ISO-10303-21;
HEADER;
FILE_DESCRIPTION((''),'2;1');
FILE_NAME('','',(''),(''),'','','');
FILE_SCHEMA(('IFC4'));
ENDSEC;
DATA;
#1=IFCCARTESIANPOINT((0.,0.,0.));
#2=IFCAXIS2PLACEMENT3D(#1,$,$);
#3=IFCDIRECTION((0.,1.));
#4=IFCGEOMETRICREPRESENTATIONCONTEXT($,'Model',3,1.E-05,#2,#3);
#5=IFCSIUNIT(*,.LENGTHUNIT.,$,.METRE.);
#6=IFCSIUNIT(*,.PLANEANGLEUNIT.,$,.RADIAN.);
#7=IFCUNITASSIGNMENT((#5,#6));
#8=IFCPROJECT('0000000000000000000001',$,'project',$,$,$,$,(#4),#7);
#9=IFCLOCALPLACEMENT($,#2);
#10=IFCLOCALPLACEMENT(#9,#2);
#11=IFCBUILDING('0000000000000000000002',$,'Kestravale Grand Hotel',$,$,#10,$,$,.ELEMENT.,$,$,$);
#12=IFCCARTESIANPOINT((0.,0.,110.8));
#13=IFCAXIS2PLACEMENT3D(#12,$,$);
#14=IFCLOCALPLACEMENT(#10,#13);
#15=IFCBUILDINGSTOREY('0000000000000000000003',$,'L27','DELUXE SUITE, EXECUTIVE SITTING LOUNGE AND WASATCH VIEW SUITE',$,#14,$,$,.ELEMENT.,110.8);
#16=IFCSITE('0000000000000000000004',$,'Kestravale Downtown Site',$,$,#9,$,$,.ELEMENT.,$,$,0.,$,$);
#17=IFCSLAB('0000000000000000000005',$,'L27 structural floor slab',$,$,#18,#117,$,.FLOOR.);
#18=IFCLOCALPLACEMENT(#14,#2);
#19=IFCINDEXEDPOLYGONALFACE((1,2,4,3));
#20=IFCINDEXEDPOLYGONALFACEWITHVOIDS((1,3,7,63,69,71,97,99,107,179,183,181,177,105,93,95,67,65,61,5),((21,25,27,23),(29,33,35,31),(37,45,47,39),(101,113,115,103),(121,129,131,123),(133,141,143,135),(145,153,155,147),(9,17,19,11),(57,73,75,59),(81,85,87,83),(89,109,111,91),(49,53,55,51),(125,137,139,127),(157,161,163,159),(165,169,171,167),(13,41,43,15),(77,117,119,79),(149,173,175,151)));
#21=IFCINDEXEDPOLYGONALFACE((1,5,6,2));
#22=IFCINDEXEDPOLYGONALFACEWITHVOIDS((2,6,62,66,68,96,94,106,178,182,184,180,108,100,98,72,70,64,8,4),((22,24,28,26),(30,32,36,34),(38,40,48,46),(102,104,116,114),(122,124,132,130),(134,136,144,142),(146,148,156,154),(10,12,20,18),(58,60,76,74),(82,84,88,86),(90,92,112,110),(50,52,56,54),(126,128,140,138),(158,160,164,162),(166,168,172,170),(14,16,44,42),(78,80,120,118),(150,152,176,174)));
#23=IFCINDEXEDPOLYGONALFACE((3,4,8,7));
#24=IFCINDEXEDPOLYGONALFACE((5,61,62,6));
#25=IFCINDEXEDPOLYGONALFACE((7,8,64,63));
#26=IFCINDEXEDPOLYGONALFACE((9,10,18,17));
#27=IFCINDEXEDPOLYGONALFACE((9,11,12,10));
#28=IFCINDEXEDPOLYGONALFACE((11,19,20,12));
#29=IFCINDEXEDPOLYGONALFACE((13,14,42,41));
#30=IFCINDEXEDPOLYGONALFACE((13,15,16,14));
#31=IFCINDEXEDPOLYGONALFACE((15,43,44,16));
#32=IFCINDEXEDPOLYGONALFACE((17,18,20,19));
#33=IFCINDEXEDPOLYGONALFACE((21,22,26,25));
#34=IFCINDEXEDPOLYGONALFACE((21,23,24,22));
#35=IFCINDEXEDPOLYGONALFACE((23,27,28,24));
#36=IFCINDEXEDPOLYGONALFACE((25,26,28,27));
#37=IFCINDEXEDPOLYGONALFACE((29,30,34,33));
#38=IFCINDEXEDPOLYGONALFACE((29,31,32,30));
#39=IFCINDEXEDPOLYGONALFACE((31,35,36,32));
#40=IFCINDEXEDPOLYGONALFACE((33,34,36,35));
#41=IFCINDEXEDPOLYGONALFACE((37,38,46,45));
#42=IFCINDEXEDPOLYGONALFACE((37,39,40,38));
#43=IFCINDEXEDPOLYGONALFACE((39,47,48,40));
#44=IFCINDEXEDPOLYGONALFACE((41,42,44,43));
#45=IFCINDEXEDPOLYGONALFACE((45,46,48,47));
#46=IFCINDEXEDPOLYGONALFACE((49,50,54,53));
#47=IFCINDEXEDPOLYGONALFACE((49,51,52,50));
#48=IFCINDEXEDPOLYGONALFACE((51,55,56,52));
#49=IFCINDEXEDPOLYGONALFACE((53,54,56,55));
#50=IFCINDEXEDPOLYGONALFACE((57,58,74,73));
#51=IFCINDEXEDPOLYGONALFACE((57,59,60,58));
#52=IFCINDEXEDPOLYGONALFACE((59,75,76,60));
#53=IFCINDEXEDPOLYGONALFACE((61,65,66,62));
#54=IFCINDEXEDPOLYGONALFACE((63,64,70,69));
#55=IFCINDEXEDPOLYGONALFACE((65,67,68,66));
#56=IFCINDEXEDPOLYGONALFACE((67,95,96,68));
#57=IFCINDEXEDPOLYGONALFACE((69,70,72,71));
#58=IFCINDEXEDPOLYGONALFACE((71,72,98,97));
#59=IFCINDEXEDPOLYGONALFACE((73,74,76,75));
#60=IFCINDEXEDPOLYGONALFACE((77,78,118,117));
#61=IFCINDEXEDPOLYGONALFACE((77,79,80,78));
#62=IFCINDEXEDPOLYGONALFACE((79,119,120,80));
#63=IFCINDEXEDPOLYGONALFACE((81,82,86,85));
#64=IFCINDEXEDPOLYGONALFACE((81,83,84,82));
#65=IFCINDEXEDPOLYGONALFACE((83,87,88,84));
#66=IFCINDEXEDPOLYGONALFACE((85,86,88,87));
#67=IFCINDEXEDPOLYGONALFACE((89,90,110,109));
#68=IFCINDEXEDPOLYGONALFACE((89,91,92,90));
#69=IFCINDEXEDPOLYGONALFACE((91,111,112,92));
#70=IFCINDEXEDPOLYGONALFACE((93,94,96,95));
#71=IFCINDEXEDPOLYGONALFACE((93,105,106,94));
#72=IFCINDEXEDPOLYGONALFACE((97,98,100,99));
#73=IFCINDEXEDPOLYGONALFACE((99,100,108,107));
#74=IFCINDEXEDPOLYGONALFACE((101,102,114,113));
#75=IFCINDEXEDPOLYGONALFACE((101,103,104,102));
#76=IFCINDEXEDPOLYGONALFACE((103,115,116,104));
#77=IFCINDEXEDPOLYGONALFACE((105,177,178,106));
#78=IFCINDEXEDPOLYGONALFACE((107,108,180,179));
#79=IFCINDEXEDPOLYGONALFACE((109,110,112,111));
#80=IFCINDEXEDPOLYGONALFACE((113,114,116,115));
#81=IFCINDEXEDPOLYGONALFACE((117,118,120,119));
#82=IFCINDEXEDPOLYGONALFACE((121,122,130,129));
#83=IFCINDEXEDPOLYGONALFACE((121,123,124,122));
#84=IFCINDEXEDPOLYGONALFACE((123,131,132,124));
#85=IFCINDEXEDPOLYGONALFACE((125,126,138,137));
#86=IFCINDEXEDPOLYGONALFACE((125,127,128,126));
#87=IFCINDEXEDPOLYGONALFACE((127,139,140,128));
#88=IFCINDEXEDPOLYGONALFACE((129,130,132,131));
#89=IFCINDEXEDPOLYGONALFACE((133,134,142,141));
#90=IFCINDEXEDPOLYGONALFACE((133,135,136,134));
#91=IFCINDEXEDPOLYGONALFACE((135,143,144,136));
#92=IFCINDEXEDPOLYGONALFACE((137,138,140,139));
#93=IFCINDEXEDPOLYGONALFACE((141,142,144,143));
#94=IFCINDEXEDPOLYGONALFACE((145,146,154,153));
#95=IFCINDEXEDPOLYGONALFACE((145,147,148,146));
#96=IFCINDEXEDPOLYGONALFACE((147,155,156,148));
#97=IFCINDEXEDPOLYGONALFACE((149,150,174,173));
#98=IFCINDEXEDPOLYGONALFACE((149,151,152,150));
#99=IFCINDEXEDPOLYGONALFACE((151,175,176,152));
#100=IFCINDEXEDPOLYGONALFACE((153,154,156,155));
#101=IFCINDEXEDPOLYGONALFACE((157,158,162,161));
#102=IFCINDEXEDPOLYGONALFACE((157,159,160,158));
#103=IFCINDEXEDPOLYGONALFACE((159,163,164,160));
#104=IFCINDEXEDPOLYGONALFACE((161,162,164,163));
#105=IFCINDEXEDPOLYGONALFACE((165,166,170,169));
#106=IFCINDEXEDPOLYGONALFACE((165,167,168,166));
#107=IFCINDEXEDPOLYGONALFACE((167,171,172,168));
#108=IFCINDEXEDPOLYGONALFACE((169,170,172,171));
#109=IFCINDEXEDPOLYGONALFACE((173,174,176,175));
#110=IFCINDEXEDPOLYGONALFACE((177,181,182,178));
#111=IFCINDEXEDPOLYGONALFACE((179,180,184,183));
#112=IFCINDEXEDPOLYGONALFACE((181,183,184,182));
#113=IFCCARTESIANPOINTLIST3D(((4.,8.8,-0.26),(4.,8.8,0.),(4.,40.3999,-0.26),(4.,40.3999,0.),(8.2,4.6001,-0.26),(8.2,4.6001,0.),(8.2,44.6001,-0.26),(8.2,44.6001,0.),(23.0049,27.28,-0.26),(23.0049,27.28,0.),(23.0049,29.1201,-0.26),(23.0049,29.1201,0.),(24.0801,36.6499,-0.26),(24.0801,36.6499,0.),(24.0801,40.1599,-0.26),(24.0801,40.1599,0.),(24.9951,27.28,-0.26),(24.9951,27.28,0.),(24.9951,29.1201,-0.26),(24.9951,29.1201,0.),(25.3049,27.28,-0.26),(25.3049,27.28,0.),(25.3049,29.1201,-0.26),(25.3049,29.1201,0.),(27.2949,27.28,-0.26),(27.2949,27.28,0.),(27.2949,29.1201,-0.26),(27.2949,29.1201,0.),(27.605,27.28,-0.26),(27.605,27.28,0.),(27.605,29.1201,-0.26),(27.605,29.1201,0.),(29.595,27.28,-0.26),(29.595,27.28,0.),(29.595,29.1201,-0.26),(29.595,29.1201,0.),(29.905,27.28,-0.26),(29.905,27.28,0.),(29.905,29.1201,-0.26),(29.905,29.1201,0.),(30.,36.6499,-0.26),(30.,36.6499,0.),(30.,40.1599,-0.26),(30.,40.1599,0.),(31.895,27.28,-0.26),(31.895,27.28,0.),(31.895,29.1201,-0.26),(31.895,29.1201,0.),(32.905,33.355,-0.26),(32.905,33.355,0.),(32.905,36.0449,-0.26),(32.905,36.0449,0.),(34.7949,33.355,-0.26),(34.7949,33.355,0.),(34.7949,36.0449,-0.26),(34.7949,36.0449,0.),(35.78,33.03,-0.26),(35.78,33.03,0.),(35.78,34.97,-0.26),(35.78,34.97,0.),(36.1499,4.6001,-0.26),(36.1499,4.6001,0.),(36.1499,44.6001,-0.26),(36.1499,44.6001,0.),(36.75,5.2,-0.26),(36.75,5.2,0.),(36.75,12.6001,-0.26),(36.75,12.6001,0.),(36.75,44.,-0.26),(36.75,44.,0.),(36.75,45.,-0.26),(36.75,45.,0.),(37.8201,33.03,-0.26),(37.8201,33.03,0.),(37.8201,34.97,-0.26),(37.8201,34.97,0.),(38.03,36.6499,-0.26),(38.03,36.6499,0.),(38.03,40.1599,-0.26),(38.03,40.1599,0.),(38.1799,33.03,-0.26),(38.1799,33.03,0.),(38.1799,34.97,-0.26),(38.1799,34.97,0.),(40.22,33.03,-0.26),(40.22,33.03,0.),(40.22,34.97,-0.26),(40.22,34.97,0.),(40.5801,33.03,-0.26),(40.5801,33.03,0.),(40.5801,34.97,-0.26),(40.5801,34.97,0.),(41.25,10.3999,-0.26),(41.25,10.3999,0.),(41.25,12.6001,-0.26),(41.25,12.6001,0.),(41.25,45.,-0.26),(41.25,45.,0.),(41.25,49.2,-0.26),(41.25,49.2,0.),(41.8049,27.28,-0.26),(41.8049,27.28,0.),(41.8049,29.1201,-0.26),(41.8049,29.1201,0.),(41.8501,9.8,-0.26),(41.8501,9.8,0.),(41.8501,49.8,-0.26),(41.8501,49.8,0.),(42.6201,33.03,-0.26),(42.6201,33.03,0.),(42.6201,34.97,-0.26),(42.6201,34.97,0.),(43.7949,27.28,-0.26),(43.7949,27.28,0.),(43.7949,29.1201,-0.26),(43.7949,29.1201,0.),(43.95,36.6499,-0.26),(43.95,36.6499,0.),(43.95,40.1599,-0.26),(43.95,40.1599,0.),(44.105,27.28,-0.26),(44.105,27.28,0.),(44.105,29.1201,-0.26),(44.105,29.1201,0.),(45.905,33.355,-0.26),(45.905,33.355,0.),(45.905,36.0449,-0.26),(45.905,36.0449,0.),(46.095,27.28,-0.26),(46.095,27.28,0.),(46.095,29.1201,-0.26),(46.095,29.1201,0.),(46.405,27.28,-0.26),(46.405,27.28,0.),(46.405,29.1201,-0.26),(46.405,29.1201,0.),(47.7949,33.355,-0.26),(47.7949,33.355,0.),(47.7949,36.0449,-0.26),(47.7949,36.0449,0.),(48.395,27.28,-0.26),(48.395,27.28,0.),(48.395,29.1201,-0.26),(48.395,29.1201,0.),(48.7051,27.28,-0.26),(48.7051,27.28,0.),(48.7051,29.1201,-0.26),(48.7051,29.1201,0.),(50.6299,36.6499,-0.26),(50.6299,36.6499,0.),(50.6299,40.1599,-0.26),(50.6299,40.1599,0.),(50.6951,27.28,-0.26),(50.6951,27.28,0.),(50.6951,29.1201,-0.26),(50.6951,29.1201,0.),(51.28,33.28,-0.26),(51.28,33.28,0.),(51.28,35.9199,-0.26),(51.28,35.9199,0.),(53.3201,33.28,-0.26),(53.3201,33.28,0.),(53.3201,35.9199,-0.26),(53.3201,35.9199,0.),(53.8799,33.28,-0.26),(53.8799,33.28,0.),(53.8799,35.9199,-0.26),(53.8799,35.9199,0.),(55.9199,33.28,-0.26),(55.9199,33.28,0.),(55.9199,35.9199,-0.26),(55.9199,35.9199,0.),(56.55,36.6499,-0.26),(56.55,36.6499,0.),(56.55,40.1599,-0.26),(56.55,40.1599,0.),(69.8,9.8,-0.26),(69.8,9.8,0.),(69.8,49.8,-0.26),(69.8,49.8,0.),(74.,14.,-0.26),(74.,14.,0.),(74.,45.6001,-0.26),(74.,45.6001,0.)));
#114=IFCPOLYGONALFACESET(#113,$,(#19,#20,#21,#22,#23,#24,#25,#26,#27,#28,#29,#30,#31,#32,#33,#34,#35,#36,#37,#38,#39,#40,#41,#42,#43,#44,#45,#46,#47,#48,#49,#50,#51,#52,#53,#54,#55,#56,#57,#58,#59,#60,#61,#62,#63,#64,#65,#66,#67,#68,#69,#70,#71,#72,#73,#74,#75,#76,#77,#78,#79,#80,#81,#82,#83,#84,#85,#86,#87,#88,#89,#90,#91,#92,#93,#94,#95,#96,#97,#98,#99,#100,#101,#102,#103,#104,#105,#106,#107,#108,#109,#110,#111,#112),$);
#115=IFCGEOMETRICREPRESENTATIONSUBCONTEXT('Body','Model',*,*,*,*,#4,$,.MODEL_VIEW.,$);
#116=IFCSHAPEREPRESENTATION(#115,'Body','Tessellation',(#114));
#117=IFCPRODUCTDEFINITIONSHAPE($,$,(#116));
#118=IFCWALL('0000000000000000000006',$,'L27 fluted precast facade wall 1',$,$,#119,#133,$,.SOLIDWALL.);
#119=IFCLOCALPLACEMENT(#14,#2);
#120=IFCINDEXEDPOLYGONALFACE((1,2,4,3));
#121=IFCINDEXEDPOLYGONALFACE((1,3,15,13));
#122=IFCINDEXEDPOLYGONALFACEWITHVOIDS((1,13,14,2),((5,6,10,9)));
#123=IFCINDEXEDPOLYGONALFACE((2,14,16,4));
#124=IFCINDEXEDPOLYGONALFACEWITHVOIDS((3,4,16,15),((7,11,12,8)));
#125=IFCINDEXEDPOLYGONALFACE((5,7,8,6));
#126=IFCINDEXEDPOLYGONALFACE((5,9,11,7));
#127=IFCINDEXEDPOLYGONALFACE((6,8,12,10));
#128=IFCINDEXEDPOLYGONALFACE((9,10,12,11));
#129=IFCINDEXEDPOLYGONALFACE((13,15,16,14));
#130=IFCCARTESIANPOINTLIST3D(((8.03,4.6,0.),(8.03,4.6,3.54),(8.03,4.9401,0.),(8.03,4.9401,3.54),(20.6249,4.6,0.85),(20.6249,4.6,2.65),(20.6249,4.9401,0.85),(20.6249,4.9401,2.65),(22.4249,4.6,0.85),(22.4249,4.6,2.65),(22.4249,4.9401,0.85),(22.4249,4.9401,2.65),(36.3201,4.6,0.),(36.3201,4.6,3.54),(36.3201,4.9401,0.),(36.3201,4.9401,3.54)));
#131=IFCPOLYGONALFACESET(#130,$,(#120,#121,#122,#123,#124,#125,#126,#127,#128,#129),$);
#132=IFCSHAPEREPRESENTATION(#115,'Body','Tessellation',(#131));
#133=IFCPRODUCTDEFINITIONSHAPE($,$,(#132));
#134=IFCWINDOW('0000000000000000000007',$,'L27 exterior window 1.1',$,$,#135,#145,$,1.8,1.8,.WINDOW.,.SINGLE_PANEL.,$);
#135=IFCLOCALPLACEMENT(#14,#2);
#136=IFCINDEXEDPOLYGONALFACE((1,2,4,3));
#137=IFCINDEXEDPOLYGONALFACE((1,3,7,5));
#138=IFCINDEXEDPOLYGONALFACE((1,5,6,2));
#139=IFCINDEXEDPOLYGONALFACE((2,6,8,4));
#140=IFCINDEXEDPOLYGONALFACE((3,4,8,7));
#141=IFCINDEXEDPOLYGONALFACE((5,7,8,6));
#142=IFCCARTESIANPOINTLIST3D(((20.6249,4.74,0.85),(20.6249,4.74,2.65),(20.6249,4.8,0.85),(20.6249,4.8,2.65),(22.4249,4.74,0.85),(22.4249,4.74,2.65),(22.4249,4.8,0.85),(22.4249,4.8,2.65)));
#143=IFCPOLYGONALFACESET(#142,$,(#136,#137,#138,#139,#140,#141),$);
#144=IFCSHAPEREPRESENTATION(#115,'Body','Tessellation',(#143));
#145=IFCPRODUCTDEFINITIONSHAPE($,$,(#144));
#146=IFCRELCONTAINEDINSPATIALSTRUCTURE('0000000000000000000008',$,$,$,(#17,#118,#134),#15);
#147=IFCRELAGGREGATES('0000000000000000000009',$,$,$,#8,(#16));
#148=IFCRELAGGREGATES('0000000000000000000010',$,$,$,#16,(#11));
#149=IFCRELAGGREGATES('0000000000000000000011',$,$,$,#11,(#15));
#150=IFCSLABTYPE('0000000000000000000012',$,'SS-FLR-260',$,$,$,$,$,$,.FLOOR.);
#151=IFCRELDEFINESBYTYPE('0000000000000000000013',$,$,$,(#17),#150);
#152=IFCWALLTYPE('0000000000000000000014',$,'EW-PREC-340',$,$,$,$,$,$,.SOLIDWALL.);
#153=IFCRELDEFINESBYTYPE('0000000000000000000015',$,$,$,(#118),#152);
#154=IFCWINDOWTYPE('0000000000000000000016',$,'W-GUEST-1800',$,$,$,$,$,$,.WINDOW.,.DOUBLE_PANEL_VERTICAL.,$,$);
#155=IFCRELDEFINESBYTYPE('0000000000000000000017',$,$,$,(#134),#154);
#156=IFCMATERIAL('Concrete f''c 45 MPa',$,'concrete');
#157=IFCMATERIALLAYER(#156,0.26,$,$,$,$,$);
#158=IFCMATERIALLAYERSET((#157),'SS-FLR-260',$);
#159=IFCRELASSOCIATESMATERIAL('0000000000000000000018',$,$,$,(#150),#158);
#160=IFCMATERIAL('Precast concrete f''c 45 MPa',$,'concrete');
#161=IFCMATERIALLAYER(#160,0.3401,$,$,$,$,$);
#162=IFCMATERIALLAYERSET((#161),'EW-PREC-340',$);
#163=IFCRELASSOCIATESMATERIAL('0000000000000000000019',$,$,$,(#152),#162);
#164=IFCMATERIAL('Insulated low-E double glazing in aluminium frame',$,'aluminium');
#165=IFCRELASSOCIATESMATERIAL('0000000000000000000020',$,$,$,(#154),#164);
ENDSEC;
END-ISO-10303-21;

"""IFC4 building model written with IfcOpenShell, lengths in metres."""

from ifc_helpers import new_model, si_unit, direction, frame, frame_2d, origin, place, context, subcontext, project, spatial, polyline, rectangle, outline, extrude, material, layer, layer_set, type_object, element, fill, save


model = new_model("IFC4")

# Units and contexts
model_context = context("Model", 3, precision=1e-05, world=origin(), true_north=direction((0.0, 1.0)))
body_context = subcontext(model_context, "Body", "Model", "MODEL_VIEW")
ifc_project = project(units=[si_unit("LENGTHUNIT", "METRE"), si_unit("PLANEANGLEUNIT", "RADIAN")], contexts=[model_context])

# Site, building, storey
site_placement = place(None, origin())
site = spatial("IfcSite", under=ifc_project, at=site_placement, Name="Kestravale Downtown Site", CompositionType="ELEMENT", RefElevation=0.0)
building_placement = place(site_placement, origin())
building = spatial("IfcBuilding", under=site, at=building_placement, Name="Kestravale Grand Hotel", CompositionType="ELEMENT")
storey_placement = place(building_placement, frame((0.0, 0.0, 110.8)))
storey = spatial("IfcBuildingStorey", under=building, at=storey_placement, Name="L27", Description="DELUXE SUITE, EXECUTIVE SITTING LOUNGE AND WASATCH VIEW SUITE", CompositionType="ELEMENT", Elevation=110.8)

# Slab
ifc_material_1 = material(Name="Concrete f'c 45 MPa", Category="concrete")
ifc_layer_1 = layer(ifc_material_1, 0.26)
ifc_layer_set_1 = layer_set([ifc_layer_1], Name="SS-FLR-260")
slab_type_1 = type_object("IfcSlabType", Name="SS-FLR-260", PredefinedType="FLOOR", material=ifc_layer_set_1)
slab_1_placement = place(storey_placement, frame((0.0, 0.0, -0.26)))
element("IfcSlab", 1, at=slab_1_placement, inside=storey, type_object=slab_type_1, Name="L27 structural floor slab", PredefinedType="FLOOR", context=body_context, shape_type="SweptSolid", body=[
    extrude(outline(polyline([(8.2, 4.6001), (36.1499, 4.6001), (36.75, 5.2), (36.75, 12.6001), (41.25, 12.6001), (41.25, 10.3999), (41.8501, 9.8), (69.8, 9.8), (74.0, 14.0), (74.0, 45.6001), (69.8, 49.8), (41.8501, 49.8), (41.25, 49.2), (41.25, 45.0), (36.75, 45.0), (36.75, 44.0), (36.1499, 44.6001), (8.2, 44.6001), (4.0, 40.3999), (4.0, 8.8), (8.2, 4.6001)]), holes=[polyline([(24.0801, 36.6499), (30.0, 36.6499), (30.0, 40.1599), (24.0801, 40.1599), (24.0801, 36.6499)]), polyline([(38.03, 36.6499), (43.95, 36.6499), (43.95, 40.1599), (38.03, 40.1599), (38.03, 36.6499)]), polyline([(50.6299, 36.6499), (56.55, 36.6499), (56.55, 40.1599), (50.6299, 40.1599), (50.6299, 36.6499)]), polyline([(23.0049, 27.28), (24.9951, 27.28), (24.9951, 29.1201), (23.0049, 29.1201), (23.0049, 27.28)]), polyline([(25.3049, 27.28), (27.2949, 27.28), (27.2949, 29.1201), (25.3049, 29.1201), (25.3049, 27.28)]), polyline([(27.605, 27.28), (29.595, 27.28), (29.595, 29.1201), (27.605, 29.1201), (27.605, 27.28)]), polyline([(29.905, 27.28), (31.895, 27.28), (31.895, 29.1201), (29.905, 29.1201), (29.905, 27.28)]), polyline([(41.8049, 27.28), (43.7949, 27.28), (43.7949, 29.1201), (41.8049, 29.1201), (41.8049, 27.28)]), polyline([(44.105, 27.28), (46.095, 27.28), (46.095, 29.1201), (44.105, 29.1201), (44.105, 27.28)]), polyline([(46.405, 27.28), (48.395, 27.28), (48.395, 29.1201), (46.405, 29.1201), (46.405, 27.28)]), polyline([(48.7051, 27.28), (50.6951, 27.28), (50.6951, 29.1201), (48.7051, 29.1201), (48.7051, 27.28)]), polyline([(35.78, 33.03), (37.8201, 33.03), (37.8201, 34.97), (35.78, 34.97), (35.78, 33.03)]), polyline([(38.1799, 33.03), (40.22, 33.03), (40.22, 34.97), (38.1799, 34.97), (38.1799, 33.03)]), polyline([(40.5801, 33.03), (42.6201, 33.03), (42.6201, 34.97), (40.5801, 34.97), (40.5801, 33.03)]), polyline([(32.905, 33.355), (34.7949, 33.355), (34.7949, 36.0449), (32.905, 36.0449), (32.905, 33.355)]), polyline([(45.905, 33.355), (47.7949, 33.355), (47.7949, 36.0449), (45.905, 36.0449), (45.905, 33.355)]), polyline([(51.28, 33.28), (53.3201, 33.28), (53.3201, 35.9199), (51.28, 35.9199), (51.28, 33.28)]), polyline([(53.8799, 33.28), (55.9199, 33.28), (55.9199, 35.9199), (53.8799, 35.9199), (53.8799, 33.28)])]), origin(), (0.0, 0.0, 1.0), 0.26),
])

# Wall, opening, window
ifc_material_2 = material(Name="Precast concrete f'c 45 MPa", Category="concrete")
ifc_layer_2 = layer(ifc_material_2, 0.3401)
ifc_layer_set_2 = layer_set([ifc_layer_2], Name="EW-PREC-340")
wall_type_1 = type_object("IfcWallType", Name="EW-PREC-340", PredefinedType="SOLIDWALL", material=ifc_layer_set_2)
wall_1_placement = place(storey_placement, frame((8.03, 4.77, 0.0), z_axis=(0.0, 0.0, 1.0), x_axis=(1.0, 0.0, 0.0)))
wall_1 = element("IfcWall", 2, at=wall_1_placement, inside=storey, type_object=wall_type_1, Name="L27 fluted precast facade wall 1", PredefinedType="SOLIDWALL", context=body_context, shape_type="SweptSolid", body=[
    extrude(rectangle(XDim=28.29, YDim=0.3401, at=frame_2d((14.145, 0.0))), origin(), (0.0, 0.0, 1.0), 3.54),
])
opening_1_placement = place(wall_1_placement, frame((12.595, 0.0, 0.8501)))
opening_1 = element("IfcOpeningElement", 3, at=opening_1_placement, cuts=wall_1, PredefinedType="OPENING", context=body_context, shape_type="SweptSolid", body=[
    extrude(rectangle(XDim=1.8, YDim=1.8, at=frame_2d((0.8999, 0.8999))), frame((0.0, 0.1799, 0.0), z_axis=(0.0, -1.0, 0.0), x_axis=(1.0, 0.0, 0.0)), (0.0, 0.0, 1.0), 0.3601),
])
ifc_material_3 = material(Name="Insulated low-E double glazing in aluminium frame", Category="aluminium")
window_type = type_object("IfcWindowType", Name="W-GUEST-1800", PartitioningType="DOUBLE_PANEL_VERTICAL", PredefinedType="WINDOW", material=ifc_material_3)
window_1_placement = place(opening_1_placement, origin())
window_1 = element("IfcWindow", 4, at=window_1_placement, inside=storey, type_object=window_type, Name="L27 exterior window 1.1", OverallHeight=1.8, OverallWidth=1.8, PartitioningType="SINGLE_PANEL", PredefinedType="WINDOW", context=body_context, shape_type="SweptSolid", body=[
    extrude(rectangle(XDim=1.8, YDim=1.8, at=frame_2d((0.8999, 0.8999))), frame((0.0, 0.03, 0.0), z_axis=(0.0, -1.0, 0.0), x_axis=(1.0, 0.0, 0.0)), (0.0, 0.0, 1.0), 0.0601),
])
fill(opening_1, window_1)

save(model, "model.ifc")
